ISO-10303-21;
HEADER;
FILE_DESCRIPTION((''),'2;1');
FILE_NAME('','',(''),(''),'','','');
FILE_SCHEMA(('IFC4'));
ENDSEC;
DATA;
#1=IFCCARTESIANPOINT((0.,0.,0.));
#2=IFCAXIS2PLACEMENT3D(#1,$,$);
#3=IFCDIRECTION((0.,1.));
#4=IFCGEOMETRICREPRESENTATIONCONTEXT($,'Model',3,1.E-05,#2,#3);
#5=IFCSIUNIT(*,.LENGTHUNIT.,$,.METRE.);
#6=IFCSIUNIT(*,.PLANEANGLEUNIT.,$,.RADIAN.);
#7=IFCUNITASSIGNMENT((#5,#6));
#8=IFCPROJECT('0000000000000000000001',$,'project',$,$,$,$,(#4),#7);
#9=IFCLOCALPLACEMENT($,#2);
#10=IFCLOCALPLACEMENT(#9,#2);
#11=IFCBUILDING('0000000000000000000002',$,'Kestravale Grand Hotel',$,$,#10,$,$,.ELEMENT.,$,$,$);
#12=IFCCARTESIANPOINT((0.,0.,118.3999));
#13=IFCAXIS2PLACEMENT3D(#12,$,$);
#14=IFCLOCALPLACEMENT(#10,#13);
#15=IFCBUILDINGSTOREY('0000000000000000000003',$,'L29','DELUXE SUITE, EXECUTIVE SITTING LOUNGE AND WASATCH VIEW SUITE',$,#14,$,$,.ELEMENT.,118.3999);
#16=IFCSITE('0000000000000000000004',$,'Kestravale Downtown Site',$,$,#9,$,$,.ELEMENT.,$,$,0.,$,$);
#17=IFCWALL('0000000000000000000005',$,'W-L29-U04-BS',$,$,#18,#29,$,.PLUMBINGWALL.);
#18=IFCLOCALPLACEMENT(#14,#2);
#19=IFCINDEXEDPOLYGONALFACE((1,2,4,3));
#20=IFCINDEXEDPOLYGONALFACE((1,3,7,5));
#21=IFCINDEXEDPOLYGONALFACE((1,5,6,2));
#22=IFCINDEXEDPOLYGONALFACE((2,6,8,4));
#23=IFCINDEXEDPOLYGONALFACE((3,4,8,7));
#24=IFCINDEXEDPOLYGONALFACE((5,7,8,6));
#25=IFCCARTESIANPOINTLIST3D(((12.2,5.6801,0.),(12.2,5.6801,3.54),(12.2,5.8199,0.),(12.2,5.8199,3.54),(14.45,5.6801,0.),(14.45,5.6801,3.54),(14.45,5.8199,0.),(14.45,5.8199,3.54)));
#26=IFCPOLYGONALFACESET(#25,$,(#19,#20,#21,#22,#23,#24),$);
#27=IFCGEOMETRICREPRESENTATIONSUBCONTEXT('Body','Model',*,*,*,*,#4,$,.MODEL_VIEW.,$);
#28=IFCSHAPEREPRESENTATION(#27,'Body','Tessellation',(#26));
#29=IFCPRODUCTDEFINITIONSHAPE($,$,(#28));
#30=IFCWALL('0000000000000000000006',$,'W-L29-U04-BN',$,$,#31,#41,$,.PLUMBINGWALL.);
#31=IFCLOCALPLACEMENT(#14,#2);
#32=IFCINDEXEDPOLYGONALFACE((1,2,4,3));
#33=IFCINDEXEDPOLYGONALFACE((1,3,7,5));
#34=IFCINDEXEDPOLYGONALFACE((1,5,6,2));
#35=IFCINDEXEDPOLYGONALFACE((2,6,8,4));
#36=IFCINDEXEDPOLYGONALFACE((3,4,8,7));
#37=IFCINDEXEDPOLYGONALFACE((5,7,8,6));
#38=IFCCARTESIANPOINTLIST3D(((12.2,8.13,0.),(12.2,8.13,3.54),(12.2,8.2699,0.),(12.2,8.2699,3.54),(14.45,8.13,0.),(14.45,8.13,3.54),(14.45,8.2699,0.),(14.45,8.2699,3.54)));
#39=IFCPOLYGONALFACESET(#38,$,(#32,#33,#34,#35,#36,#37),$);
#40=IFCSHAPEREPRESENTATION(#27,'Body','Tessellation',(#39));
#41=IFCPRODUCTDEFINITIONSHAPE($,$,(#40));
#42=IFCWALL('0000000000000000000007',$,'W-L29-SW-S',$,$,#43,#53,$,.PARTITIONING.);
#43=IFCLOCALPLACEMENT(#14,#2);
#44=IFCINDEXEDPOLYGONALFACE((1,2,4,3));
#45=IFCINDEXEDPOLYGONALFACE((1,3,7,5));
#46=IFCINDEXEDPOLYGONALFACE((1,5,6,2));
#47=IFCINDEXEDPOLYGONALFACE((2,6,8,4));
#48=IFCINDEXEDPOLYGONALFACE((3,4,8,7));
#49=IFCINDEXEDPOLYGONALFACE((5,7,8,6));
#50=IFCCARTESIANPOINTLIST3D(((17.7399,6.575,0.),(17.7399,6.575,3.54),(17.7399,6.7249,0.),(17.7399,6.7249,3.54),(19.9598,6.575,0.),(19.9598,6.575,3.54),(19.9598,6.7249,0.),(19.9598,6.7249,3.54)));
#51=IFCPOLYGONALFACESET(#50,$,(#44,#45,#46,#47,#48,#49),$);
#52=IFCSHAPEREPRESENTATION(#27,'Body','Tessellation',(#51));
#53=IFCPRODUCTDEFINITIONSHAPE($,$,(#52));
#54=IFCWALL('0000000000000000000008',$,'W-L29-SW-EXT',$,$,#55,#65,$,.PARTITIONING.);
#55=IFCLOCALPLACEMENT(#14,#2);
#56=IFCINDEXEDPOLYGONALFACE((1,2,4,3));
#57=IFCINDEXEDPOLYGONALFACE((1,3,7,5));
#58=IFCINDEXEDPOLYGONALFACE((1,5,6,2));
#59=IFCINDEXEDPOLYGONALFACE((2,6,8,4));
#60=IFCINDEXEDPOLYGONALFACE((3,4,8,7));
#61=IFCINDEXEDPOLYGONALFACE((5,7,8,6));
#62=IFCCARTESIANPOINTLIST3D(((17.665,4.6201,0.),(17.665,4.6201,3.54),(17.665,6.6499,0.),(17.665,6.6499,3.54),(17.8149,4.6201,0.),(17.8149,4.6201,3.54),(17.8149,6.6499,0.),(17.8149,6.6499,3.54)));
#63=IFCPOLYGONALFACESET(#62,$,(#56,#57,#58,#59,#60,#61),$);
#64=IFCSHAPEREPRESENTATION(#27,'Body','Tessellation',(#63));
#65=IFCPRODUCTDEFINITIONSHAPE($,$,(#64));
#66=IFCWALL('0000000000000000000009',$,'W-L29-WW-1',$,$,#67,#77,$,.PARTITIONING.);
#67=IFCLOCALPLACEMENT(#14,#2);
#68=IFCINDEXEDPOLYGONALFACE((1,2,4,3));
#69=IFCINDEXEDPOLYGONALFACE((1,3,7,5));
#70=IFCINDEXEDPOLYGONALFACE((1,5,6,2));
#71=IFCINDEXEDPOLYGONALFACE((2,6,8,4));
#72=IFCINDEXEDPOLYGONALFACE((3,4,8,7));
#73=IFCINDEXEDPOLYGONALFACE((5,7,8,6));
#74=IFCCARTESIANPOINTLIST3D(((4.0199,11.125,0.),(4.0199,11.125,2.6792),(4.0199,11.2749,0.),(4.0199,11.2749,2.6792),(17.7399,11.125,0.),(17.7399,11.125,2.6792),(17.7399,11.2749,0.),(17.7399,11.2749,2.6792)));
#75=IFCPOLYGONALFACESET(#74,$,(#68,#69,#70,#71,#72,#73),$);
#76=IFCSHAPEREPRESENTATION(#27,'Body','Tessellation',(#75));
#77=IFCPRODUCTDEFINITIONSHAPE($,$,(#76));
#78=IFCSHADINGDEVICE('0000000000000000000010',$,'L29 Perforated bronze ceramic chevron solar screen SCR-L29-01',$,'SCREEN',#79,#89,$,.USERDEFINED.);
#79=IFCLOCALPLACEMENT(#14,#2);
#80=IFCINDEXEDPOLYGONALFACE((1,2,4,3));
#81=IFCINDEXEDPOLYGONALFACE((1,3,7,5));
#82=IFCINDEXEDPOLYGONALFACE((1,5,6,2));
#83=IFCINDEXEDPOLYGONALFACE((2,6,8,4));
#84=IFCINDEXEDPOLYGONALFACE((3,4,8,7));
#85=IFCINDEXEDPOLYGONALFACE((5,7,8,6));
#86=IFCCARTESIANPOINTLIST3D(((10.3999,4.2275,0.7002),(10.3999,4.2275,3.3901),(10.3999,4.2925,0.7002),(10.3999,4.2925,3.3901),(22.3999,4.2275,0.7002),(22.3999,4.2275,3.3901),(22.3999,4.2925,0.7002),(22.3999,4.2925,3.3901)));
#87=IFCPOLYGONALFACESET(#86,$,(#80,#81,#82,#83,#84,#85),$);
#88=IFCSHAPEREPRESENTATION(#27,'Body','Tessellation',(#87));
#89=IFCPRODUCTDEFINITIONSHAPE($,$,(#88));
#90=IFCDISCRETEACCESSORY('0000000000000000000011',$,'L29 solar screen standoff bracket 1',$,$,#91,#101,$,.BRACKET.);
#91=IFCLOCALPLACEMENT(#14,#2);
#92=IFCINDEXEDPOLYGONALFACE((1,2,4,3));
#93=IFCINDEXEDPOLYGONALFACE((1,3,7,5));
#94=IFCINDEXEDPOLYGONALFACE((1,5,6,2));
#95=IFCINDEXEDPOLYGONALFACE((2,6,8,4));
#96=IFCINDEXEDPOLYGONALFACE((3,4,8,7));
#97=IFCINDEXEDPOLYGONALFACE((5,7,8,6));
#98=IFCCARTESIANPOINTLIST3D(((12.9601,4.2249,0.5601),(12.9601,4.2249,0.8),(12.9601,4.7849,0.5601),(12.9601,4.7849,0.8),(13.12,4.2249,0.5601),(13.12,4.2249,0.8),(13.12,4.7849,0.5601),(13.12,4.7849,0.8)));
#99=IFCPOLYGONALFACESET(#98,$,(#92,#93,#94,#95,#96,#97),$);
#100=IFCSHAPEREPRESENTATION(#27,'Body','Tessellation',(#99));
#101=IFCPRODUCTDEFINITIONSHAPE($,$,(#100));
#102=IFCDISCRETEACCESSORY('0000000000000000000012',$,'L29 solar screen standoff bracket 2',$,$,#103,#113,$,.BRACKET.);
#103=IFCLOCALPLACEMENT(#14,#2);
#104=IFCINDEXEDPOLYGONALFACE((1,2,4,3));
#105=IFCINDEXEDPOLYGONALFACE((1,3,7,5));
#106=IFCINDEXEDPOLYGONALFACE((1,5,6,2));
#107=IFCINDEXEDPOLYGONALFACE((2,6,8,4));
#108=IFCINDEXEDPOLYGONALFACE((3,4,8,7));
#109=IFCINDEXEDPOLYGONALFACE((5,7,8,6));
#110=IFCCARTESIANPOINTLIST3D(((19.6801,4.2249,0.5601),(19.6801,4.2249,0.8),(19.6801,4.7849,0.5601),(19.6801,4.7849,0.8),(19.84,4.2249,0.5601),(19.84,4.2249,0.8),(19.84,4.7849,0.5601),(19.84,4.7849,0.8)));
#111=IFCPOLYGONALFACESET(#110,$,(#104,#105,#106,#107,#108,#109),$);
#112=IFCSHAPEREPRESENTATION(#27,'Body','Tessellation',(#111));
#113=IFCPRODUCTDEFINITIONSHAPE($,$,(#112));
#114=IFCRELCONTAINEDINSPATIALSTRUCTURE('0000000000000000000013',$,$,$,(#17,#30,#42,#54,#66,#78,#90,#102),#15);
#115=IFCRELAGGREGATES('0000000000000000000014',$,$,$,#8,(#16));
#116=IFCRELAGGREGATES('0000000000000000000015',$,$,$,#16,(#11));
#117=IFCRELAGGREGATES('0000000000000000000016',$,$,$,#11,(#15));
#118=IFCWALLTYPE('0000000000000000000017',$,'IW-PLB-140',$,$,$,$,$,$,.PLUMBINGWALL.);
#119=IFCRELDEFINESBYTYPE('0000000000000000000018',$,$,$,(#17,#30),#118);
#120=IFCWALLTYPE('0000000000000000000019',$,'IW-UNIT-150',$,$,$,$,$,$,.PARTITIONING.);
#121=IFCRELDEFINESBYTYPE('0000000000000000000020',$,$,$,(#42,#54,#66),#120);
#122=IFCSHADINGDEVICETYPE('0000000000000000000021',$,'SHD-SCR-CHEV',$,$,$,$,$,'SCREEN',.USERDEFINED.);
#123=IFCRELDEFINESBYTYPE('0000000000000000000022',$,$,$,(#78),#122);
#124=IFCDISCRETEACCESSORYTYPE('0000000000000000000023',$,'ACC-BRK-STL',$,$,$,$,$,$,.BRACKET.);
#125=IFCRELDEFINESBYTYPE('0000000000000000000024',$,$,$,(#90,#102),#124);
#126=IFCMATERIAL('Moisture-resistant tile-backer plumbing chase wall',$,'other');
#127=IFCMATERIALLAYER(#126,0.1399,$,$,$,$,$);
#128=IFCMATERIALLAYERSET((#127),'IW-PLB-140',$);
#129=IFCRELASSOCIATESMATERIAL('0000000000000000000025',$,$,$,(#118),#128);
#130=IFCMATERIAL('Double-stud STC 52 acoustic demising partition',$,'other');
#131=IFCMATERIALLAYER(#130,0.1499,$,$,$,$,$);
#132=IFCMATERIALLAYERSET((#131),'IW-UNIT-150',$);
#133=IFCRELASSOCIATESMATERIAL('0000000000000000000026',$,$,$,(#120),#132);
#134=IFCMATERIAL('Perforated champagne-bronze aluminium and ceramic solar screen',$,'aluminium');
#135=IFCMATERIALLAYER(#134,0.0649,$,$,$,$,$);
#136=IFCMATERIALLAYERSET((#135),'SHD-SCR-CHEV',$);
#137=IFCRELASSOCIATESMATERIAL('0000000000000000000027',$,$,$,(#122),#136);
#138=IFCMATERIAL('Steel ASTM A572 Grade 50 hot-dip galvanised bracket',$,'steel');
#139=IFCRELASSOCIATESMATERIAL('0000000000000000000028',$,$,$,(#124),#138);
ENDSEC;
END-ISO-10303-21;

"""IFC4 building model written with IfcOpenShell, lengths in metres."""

from ifc_helpers import new_model, si_unit, direction, frame, frame_2d, origin, origin_2d, place, context, subcontext, project, spatial, rectangle, extrude, material, layer, layer_set, type_object, element, save


model = new_model("IFC4")

# Units and contexts
model_context = context("Model", 3, precision=1e-05, world=origin(), true_north=direction((0.0, 1.0)))
body_context = subcontext(model_context, "Body", "Model", "MODEL_VIEW")
ifc_project = project(units=[si_unit("LENGTHUNIT", "METRE"), si_unit("PLANEANGLEUNIT", "RADIAN")], contexts=[model_context])

# Site, building, storey
site_placement = place(None, origin())
site = spatial("IfcSite", under=ifc_project, at=site_placement, Name="Kestravale Downtown Site", CompositionType="ELEMENT", RefElevation=0.0)
building_placement = place(site_placement, origin())
building = spatial("IfcBuilding", under=site, at=building_placement, Name="Kestravale Grand Hotel", CompositionType="ELEMENT")
storey_placement = place(building_placement, frame((0.0, 0.0, 118.3999)))
storey = spatial("IfcBuildingStorey", under=building, at=storey_placement, Name="L29", Description="DELUXE SUITE, EXECUTIVE SITTING LOUNGE AND WASATCH VIEW SUITE", CompositionType="ELEMENT", Elevation=118.3999)

# Shared definitions
ifc_material_1 = material(Name="Moisture-resistant tile-backer plumbing chase wall", Category="other")
ifc_layer_1 = layer(ifc_material_1, 0.1399)
ifc_layer_set_1 = layer_set([ifc_layer_1], Name="IW-PLB-140")
wall_type_1 = type_object("IfcWallType", Name="IW-PLB-140", PredefinedType="PLUMBINGWALL", material=ifc_layer_set_1)

# Walls
for number, where, z_axis, x_axis, name in (
    (1, (12.2, 5.75, 0.0), (0.0, 0.0, 1.0), (1.0, 0.0, 0.0), "W-L29-U04-BS"),
    (2, (12.2, 8.2, 0.0), (0.0, 0.0, 1.0), (1.0, 0.0, 0.0), "W-L29-U04-BN"),
):
    element("IfcWall", number, at=place(storey_placement, frame(where, z_axis=z_axis, x_axis=x_axis)), inside=storey, type_object=wall_type_1, Name=name, PredefinedType="PLUMBINGWALL", context=body_context, shape_type="SweptSolid", body=[
        extrude(rectangle(XDim=2.25, YDim=0.1399, at=frame_2d((1.125, 0.0))), origin(), (0.0, 0.0, 1.0), 3.54),
    ])
ifc_material_2 = material(Name="Double-stud STC 52 acoustic demising partition", Category="other")
ifc_layer_2 = layer(ifc_material_2, 0.1499)
ifc_layer_set_2 = layer_set([ifc_layer_2], Name="IW-UNIT-150")
wall_type_2 = type_object("IfcWallType", Name="IW-UNIT-150", PredefinedType="PARTITIONING", material=ifc_layer_set_2)
wall_1_placement = place(storey_placement, frame((17.74, 6.6499, 0.0), z_axis=(0.0, 0.0, 1.0), x_axis=(1.0, 0.0, 0.0)))
element("IfcWall", 3, at=wall_1_placement, inside=storey, type_object=wall_type_2, Name="W-L29-SW-S", PredefinedType="PARTITIONING", context=body_context, shape_type="SweptSolid", body=[
    extrude(rectangle(XDim=2.22, YDim=0.1499, at=frame_2d((1.1099, 0.0))), origin(), (0.0, 0.0, 1.0), 3.54),
])
wall_2_placement = place(storey_placement, frame((17.74, 4.6201, 0.0), z_axis=(0.0, 0.0, 1.0), x_axis=(0.0, 1.0, 0.0)))
element("IfcWall", 4, at=wall_2_placement, inside=storey, type_object=wall_type_2, Name="W-L29-SW-EXT", PredefinedType="PARTITIONING", context=body_context, shape_type="SweptSolid", body=[
    extrude(rectangle(XDim=2.0298, YDim=0.1499, at=frame_2d((1.0149, 0.0))), origin(), (0.0, 0.0, 1.0), 3.54),
])
wall_3_placement = place(storey_placement, frame((4.02, 11.2, 0.0), z_axis=(0.0, 0.0, 1.0), x_axis=(1.0, 0.0, 0.0)))
element("IfcWall", 5, at=wall_3_placement, inside=storey, type_object=wall_type_2, Name="W-L29-WW-1", PredefinedType="PARTITIONING", context=body_context, shape_type="SweptSolid", body=[
    extrude(rectangle(XDim=13.72, YDim=0.1499, at=frame_2d((6.8599, 0.0))), origin(), (0.0, 0.0, 1.0), 2.6792),
])

# Shading device
ifc_material_3 = material(Name="Perforated champagne-bronze aluminium and ceramic solar screen", Category="aluminium")
ifc_layer_3 = layer(ifc_material_3, 0.0649)
ifc_layer_set_3 = layer_set([ifc_layer_3], Name="SHD-SCR-CHEV")
shading_device_type = type_object("IfcShadingDeviceType", Name="SHD-SCR-CHEV", ElementType="SCREEN", PredefinedType="USERDEFINED", material=ifc_layer_set_3)
shading_device_placement = place(storey_placement, frame((16.3999, 4.26, 0.7002), z_axis=(0.0, 0.0, 1.0), x_axis=(1.0, 0.0, 0.0)))
element("IfcShadingDevice", 6, at=shading_device_placement, inside=storey, type_object=shading_device_type, Name="L29 Perforated bronze ceramic chevron solar screen SCR-L29-01", ObjectType="SCREEN", PredefinedType="USERDEFINED", context=body_context, shape_type="SweptSolid", body=[
    extrude(rectangle(XDim=12.0, YDim=0.0649, at=origin_2d()), origin(), (0.0, 0.0, 1.0), 2.6899),
])

# Discrete accessories
ifc_material_4 = material(Name="Steel ASTM A572 Grade 50 hot-dip galvanised bracket", Category="steel")
discrete_accessory_type = type_object("IfcDiscreteAccessoryType", Name="ACC-BRK-STL", PredefinedType="BRACKET", material=ifc_material_4)
for number, where, z_axis, x_axis, name in (
    (7, (13.04, 4.5049, 0.5601), (0.0, 0.0, 1.0), (1.0, 0.0, 0.0), "L29 solar screen standoff bracket 1"),
    (8, (19.76, 4.5049, 0.5601), (0.0, 0.0, 1.0), (1.0, 0.0, 0.0), "L29 solar screen standoff bracket 2"),
):
    element("IfcDiscreteAccessory", number, at=place(storey_placement, frame(where, z_axis=z_axis, x_axis=x_axis)), inside=storey, type_object=discrete_accessory_type, Name=name, PredefinedType="BRACKET", context=body_context, shape_type="SweptSolid", body=[
        extrude(rectangle(XDim=0.1599, YDim=0.5601, at=origin_2d()), origin(), (0.0, 0.0, 1.0), 0.24),
    ])

save(model, "model.ifc")
